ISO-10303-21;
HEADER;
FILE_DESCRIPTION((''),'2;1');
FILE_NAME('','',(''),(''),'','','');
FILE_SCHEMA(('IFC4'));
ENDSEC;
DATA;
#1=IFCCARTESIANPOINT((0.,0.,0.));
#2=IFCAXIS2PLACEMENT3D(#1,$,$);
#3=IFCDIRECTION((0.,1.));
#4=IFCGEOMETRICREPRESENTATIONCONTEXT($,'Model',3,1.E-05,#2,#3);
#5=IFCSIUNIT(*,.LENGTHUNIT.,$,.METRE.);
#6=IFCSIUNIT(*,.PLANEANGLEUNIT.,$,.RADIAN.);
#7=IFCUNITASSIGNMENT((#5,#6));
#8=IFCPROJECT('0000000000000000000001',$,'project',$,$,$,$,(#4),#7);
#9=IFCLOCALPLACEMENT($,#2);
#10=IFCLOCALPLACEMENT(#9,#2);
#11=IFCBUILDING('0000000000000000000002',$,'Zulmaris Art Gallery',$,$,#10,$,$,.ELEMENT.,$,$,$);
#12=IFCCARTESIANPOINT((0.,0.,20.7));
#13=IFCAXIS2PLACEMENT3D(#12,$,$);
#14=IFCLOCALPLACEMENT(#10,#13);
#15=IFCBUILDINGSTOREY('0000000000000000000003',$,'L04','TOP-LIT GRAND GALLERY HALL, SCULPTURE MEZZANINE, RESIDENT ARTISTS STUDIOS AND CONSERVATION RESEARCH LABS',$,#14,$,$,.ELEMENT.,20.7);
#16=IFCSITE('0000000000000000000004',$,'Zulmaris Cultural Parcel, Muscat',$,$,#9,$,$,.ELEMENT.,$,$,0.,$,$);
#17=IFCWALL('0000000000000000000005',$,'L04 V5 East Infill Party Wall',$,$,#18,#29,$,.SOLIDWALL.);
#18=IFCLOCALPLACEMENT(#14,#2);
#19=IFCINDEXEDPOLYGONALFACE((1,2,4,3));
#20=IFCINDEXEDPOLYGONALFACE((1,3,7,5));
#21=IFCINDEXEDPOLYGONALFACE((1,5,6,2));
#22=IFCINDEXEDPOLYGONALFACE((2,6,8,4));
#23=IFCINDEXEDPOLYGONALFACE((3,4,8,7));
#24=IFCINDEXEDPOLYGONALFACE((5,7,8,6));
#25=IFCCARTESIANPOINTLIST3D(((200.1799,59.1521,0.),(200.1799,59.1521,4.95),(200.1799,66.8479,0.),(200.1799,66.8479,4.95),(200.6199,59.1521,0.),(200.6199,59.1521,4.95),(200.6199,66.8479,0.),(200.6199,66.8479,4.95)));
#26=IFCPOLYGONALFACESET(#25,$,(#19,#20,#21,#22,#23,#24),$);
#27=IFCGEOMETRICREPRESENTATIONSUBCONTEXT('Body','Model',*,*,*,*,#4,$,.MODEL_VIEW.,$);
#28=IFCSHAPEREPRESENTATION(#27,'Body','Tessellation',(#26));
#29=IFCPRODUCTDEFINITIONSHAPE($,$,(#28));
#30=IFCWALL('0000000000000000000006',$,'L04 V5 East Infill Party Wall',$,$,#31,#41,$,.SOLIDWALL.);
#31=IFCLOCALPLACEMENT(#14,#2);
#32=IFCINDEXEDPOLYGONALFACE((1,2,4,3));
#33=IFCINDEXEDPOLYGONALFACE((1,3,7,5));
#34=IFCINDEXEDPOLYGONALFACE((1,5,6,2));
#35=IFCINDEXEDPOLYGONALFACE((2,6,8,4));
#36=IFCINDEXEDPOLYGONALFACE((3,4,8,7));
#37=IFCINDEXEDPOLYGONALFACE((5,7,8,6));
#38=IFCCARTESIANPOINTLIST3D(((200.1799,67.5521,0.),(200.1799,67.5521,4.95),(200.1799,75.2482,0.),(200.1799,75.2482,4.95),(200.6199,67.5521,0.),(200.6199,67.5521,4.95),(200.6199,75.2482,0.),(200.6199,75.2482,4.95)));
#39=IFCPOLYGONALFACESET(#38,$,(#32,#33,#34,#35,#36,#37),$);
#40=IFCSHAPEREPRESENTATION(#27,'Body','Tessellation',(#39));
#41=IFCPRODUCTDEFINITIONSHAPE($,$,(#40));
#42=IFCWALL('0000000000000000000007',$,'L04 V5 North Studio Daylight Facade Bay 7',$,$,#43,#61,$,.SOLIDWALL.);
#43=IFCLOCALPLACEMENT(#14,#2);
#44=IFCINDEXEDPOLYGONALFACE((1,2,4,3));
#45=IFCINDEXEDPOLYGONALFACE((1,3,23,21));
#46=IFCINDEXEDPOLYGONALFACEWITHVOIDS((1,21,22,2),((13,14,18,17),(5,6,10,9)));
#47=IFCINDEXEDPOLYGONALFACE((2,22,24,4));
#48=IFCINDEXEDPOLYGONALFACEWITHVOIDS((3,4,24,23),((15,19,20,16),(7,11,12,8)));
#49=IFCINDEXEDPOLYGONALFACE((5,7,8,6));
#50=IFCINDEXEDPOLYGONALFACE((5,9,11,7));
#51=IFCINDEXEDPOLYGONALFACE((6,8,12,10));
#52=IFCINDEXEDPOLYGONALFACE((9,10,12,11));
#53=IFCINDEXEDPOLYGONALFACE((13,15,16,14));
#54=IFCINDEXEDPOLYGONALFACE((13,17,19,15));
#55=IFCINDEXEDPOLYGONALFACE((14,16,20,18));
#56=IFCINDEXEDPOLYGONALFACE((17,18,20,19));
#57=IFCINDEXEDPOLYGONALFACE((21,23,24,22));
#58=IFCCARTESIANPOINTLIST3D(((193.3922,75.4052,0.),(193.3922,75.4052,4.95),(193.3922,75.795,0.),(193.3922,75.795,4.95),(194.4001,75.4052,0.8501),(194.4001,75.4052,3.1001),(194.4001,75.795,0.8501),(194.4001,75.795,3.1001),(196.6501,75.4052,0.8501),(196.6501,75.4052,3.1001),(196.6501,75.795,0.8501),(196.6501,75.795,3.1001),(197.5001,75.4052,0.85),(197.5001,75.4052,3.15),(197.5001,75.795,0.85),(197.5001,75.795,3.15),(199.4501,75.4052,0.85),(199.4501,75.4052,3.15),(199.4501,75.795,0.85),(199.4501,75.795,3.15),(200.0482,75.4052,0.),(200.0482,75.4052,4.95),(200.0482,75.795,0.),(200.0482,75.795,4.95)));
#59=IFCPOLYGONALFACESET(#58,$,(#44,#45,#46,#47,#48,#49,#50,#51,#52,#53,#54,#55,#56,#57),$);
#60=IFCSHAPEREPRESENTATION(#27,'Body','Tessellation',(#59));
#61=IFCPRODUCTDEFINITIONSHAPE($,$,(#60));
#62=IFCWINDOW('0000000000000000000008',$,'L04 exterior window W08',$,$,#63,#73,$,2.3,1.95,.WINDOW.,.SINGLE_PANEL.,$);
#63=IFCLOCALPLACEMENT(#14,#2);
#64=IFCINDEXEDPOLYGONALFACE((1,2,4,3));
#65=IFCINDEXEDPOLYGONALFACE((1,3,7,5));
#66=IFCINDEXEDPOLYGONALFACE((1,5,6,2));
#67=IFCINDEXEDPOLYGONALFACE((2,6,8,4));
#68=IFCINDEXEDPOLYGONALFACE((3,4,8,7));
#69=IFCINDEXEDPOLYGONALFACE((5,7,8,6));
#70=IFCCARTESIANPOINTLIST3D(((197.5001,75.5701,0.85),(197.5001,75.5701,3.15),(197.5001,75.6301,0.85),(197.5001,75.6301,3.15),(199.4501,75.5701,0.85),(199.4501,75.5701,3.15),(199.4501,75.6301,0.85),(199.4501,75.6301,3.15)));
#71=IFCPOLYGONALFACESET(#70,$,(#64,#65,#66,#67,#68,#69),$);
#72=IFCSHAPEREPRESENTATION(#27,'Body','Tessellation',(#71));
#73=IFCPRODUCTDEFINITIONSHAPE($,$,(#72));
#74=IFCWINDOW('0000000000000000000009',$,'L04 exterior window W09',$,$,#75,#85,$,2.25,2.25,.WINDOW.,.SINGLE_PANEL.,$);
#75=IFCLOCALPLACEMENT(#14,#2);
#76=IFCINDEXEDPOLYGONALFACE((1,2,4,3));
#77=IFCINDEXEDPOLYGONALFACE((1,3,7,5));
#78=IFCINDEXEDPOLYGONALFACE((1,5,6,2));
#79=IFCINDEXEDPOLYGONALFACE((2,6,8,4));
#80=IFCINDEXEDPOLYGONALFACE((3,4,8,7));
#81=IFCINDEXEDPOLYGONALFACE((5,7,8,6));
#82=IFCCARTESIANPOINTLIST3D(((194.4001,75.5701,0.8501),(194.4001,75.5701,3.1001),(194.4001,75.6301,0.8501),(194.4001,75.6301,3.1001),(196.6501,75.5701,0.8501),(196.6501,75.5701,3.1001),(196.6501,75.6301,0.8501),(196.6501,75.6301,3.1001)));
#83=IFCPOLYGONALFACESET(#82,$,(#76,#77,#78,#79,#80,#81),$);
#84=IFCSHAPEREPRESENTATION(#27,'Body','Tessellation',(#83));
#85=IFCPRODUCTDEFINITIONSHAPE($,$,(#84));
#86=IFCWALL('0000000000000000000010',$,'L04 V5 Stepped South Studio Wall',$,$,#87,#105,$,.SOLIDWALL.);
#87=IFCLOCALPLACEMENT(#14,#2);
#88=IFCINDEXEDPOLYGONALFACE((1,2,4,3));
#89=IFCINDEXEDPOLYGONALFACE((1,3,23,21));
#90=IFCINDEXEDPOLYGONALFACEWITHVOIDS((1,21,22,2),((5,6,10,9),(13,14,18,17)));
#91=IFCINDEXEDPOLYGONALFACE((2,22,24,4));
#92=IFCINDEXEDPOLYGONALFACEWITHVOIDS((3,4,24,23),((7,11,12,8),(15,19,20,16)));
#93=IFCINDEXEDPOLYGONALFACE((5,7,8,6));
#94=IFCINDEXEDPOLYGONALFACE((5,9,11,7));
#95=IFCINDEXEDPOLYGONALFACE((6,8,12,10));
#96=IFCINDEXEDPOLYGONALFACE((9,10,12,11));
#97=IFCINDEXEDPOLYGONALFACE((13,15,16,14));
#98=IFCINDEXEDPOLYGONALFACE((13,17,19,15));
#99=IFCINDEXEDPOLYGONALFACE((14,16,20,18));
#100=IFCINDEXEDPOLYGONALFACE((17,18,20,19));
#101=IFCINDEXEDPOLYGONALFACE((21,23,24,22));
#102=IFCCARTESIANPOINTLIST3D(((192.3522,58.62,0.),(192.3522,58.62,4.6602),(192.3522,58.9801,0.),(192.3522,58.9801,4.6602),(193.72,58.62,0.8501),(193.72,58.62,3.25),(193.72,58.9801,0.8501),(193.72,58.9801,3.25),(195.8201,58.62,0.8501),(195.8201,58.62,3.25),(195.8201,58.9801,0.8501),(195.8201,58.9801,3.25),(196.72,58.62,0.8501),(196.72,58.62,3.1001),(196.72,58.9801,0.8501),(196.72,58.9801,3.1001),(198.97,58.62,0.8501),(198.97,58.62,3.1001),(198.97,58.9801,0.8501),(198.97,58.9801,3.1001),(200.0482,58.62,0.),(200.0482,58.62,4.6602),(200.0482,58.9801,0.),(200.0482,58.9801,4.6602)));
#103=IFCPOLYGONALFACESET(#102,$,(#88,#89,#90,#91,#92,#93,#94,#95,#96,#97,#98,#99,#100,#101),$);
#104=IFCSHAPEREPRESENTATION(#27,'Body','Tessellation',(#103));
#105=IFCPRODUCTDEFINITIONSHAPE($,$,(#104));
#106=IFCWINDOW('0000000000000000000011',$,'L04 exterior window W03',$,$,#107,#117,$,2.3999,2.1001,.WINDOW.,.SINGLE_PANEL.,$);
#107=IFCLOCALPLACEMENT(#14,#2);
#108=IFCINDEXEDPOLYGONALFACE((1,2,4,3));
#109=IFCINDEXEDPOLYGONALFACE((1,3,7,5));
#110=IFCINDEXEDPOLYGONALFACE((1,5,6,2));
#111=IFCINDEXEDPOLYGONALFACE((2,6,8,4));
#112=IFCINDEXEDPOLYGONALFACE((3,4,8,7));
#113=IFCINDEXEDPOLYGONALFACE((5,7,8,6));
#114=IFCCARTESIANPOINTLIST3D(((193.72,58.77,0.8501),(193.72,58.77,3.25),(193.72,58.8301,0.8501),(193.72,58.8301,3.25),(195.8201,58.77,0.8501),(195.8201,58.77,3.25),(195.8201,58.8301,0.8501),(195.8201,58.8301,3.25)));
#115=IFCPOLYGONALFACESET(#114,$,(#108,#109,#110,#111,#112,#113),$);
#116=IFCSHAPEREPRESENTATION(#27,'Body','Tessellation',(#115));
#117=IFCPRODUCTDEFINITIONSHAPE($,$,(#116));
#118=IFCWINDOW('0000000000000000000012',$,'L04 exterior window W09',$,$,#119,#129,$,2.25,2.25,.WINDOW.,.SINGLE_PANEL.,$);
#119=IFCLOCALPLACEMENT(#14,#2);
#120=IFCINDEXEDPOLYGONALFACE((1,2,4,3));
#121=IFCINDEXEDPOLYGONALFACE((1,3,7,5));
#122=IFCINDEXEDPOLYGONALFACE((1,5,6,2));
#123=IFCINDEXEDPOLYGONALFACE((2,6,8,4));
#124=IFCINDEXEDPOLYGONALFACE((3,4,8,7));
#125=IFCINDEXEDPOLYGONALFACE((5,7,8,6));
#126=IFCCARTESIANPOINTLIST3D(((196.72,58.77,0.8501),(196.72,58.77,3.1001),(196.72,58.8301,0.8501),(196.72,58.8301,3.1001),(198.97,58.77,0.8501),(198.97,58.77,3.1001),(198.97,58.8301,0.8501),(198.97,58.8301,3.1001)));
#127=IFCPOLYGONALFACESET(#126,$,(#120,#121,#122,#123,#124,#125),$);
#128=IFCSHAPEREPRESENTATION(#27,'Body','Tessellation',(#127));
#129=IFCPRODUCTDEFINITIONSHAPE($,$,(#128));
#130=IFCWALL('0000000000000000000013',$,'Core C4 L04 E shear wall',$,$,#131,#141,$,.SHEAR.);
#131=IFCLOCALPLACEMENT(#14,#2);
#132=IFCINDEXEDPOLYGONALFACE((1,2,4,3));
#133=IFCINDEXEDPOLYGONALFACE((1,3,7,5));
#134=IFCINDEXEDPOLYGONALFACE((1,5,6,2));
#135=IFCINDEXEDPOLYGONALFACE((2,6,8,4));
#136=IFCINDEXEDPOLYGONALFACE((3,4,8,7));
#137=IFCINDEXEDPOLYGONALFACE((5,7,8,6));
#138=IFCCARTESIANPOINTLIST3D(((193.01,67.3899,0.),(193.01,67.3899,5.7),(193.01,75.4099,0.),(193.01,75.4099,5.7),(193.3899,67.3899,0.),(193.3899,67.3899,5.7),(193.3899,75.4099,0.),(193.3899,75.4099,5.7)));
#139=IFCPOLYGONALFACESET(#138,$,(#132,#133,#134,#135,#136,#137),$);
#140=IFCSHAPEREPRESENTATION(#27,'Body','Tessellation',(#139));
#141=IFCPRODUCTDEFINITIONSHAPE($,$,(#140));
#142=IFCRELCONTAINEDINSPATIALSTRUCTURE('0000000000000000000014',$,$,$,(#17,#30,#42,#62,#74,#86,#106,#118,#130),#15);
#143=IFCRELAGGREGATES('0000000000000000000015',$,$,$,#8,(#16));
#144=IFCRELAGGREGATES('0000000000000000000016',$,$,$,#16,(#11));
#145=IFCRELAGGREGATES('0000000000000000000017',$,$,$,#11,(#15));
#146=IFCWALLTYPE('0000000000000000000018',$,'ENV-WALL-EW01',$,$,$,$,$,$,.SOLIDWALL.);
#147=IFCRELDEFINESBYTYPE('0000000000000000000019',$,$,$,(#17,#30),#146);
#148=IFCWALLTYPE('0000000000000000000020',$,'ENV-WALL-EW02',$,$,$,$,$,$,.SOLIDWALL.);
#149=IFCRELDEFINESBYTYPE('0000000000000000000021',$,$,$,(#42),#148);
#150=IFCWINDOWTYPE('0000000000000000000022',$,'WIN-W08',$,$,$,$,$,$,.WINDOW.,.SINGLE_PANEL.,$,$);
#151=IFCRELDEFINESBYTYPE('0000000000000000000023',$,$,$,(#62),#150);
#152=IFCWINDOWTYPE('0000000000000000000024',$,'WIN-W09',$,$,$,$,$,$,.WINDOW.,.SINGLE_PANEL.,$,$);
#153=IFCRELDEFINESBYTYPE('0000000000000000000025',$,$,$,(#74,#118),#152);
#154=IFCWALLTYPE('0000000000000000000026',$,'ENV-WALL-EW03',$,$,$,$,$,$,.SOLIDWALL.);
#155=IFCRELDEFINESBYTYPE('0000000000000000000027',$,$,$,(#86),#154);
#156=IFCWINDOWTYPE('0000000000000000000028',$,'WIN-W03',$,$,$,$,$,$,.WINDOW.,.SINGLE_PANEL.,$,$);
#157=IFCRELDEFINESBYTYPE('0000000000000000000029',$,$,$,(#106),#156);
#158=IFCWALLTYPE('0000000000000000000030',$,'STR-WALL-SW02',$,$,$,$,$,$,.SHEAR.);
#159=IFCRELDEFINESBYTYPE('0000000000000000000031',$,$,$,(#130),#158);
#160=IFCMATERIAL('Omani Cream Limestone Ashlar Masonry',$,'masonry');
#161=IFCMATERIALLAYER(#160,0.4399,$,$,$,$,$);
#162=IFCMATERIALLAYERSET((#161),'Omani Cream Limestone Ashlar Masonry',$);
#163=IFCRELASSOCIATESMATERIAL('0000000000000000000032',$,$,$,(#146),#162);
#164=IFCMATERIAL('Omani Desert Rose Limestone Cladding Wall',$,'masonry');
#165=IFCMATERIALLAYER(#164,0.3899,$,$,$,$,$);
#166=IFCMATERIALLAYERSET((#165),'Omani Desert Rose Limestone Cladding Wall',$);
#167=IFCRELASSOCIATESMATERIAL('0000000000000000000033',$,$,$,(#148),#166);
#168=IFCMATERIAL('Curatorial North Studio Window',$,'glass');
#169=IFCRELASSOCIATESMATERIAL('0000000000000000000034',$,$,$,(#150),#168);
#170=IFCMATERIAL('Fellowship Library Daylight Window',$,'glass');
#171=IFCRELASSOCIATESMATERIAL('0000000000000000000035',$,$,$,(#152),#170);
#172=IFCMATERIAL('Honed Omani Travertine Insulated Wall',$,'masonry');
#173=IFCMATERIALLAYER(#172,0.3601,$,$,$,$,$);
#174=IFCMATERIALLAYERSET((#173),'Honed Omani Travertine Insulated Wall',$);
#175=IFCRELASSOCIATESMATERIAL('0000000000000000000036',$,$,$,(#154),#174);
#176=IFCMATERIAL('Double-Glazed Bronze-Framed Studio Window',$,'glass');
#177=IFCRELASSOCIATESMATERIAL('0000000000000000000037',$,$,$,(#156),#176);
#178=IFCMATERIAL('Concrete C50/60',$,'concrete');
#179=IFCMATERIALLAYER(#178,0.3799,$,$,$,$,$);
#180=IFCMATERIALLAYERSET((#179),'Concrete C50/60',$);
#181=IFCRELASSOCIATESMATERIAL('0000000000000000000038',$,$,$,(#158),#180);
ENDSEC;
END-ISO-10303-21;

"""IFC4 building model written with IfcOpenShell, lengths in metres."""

from ifc_helpers import new_model, si_unit, direction, frame, frame_2d, origin, place, context, subcontext, project, spatial, rectangle, extrude, material, layer, layer_set, type_object, element, fill, save


model = new_model("IFC4")

# Units and contexts
model_context = context("Model", 3, precision=1e-05, world=origin(), true_north=direction((0.0, 1.0)))
body_context = subcontext(model_context, "Body", "Model", "MODEL_VIEW")
ifc_project = project(units=[si_unit("LENGTHUNIT", "METRE"), si_unit("PLANEANGLEUNIT", "RADIAN")], contexts=[model_context])

# Site, building, storey
site_placement = place(None, origin())
site = spatial("IfcSite", under=ifc_project, at=site_placement, Name="Zulmaris Cultural Parcel, Muscat", CompositionType="ELEMENT", RefElevation=0.0)
building_placement = place(site_placement, origin())
building = spatial("IfcBuilding", under=site, at=building_placement, Name="Zulmaris Art Gallery", CompositionType="ELEMENT")
storey_placement = place(building_placement, frame((0.0, 0.0, 20.7)))
storey = spatial("IfcBuildingStorey", under=building, at=storey_placement, Name="L04", Description="TOP-LIT GRAND GALLERY HALL, SCULPTURE MEZZANINE, RESIDENT ARTISTS STUDIOS AND CONSERVATION RESEARCH LABS", CompositionType="ELEMENT", Elevation=20.7)

# Walls
ifc_material_1 = material(Name="Omani Cream Limestone Ashlar Masonry", Category="masonry")
ifc_layer_1 = layer(ifc_material_1, 0.4399)
ifc_layer_set_1 = layer_set([ifc_layer_1], Name="Omani Cream Limestone Ashlar Masonry")
wall_type_1 = type_object("IfcWallType", Name="ENV-WALL-EW01", PredefinedType="SOLIDWALL", material=ifc_layer_set_1)
wall_1_placement = place(storey_placement, frame((200.3999, 59.1521, 0.0), z_axis=(0.0, 0.0, 1.0), x_axis=(0.0, 1.0, 0.0)))
element("IfcWall", 1, at=wall_1_placement, inside=storey, type_object=wall_type_1, Name="L04 V5 East Infill Party Wall", PredefinedType="SOLIDWALL", context=body_context, shape_type="SweptSolid", body=[
    extrude(rectangle(XDim=7.6958, YDim=0.4399, at=frame_2d((3.8479, 0.0))), origin(), (0.0, 0.0, 1.0), 4.95),
])
wall_2_placement = place(storey_placement, frame((200.3999, 67.552, 0.0), z_axis=(0.0, 0.0, 1.0), x_axis=(0.0, 1.0, 0.0)))
element("IfcWall", 2, at=wall_2_placement, inside=storey, type_object=wall_type_1, Name="L04 V5 East Infill Party Wall", PredefinedType="SOLIDWALL", context=body_context, shape_type="SweptSolid", body=[
    extrude(rectangle(XDim=7.696, YDim=0.4399, at=frame_2d((3.8481, 0.0))), origin(), (0.0, 0.0, 1.0), 4.95),
])

# Walls, openings, windows
ifc_material_2 = material(Name="Omani Desert Rose Limestone Cladding Wall", Category="masonry")
ifc_layer_2 = layer(ifc_material_2, 0.3899)
ifc_layer_set_2 = layer_set([ifc_layer_2], Name="Omani Desert Rose Limestone Cladding Wall")
wall_type_2 = type_object("IfcWallType", Name="ENV-WALL-EW02", PredefinedType="SOLIDWALL", material=ifc_layer_set_2)
wall_3_placement = place(storey_placement, frame((193.3921, 75.6001, 0.0), z_axis=(0.0, 0.0, 1.0), x_axis=(1.0, 0.0, 0.0)))
wall_3 = element("IfcWall", 3, at=wall_3_placement, inside=storey, type_object=wall_type_2, Name="L04 V5 North Studio Daylight Facade Bay 7", PredefinedType="SOLIDWALL", context=body_context, shape_type="SweptSolid", body=[
    extrude(rectangle(XDim=6.656, YDim=0.3899, at=frame_2d((3.3281, 0.0))), origin(), (0.0, 0.0, 1.0), 4.95),
])
opening_1_placement = place(wall_3_placement, frame((1.0081, 0.0, 0.8501)))
opening_1 = element("IfcOpeningElement", 4, at=opening_1_placement, cuts=wall_3, PredefinedType="OPENING", context=body_context, shape_type="SweptSolid", body=[
    extrude(rectangle(XDim=2.25, YDim=2.25, at=frame_2d((1.125, 1.125))), frame((0.0, 0.2048, 0.0), z_axis=(0.0, -1.0, 0.0), x_axis=(1.0, 0.0, 0.0)), (0.0, 0.0, 1.0), 0.4099),
])
opening_2_placement = place(wall_3_placement, frame((4.1079, 0.0, 0.8501)))
opening_2 = element("IfcOpeningElement", 5, at=opening_2_placement, cuts=wall_3, PredefinedType="OPENING", context=body_context, shape_type="SweptSolid", body=[
    extrude(rectangle(XDim=1.95, YDim=2.3, at=frame_2d((0.9751, 1.1499))), frame((0.0, 0.2048, 0.0), z_axis=(0.0, -1.0, 0.0), x_axis=(1.0, 0.0, 0.0)), (0.0, 0.0, 1.0), 0.4099),
])
ifc_material_3 = material(Name="Curatorial North Studio Window", Category="glass")
window_type_1 = type_object("IfcWindowType", Name="WIN-W08", PartitioningType="SINGLE_PANEL", PredefinedType="WINDOW", material=ifc_material_3)
window_1_placement = place(opening_2_placement, origin())
window_1 = element("IfcWindow", 6, at=window_1_placement, inside=storey, type_object=window_type_1, Name="L04 exterior window W08", OverallHeight=2.3, OverallWidth=1.95, PartitioningType="SINGLE_PANEL", PredefinedType="WINDOW", context=body_context, shape_type="SweptSolid", body=[
    extrude(rectangle(XDim=1.95, YDim=2.3, at=frame_2d((0.9751, 1.1499))), frame((0.0, 0.03, 0.0), z_axis=(0.0, -1.0, 0.0), x_axis=(1.0, 0.0, 0.0)), (0.0, 0.0, 1.0), 0.0601),
])
fill(opening_2, window_1)
ifc_material_4 = material(Name="Fellowship Library Daylight Window", Category="glass")
window_type_2 = type_object("IfcWindowType", Name="WIN-W09", PartitioningType="SINGLE_PANEL", PredefinedType="WINDOW", material=ifc_material_4)
window_2_placement = place(opening_1_placement, origin())
window_2 = element("IfcWindow", 7, at=window_2_placement, inside=storey, type_object=window_type_2, Name="L04 exterior window W09", OverallHeight=2.25, OverallWidth=2.25, PartitioningType="SINGLE_PANEL", PredefinedType="WINDOW", context=body_context, shape_type="SweptSolid", body=[
    extrude(rectangle(XDim=2.25, YDim=2.25, at=frame_2d((1.125, 1.125))), frame((0.0, 0.03, 0.0), z_axis=(0.0, -1.0, 0.0), x_axis=(1.0, 0.0, 0.0)), (0.0, 0.0, 1.0), 0.0601),
])
fill(opening_1, window_2)
ifc_material_5 = material(Name="Honed Omani Travertine Insulated Wall", Category="masonry")
ifc_layer_3 = layer(ifc_material_5, 0.3601)
ifc_layer_set_3 = layer_set([ifc_layer_3], Name="Honed Omani Travertine Insulated Wall")
wall_type_3 = type_object("IfcWallType", Name="ENV-WALL-EW03", PredefinedType="SOLIDWALL", material=ifc_layer_set_3)
wall_4_placement = place(storey_placement, frame((192.3521, 58.8, 0.0), z_axis=(0.0, 0.0, 1.0), x_axis=(1.0, 0.0, 0.0)))
wall_4 = element("IfcWall", 8, at=wall_4_placement, inside=storey, type_object=wall_type_3, Name="L04 V5 Stepped South Studio Wall", PredefinedType="SOLIDWALL", context=body_context, shape_type="SweptSolid", body=[
    extrude(rectangle(XDim=7.696, YDim=0.3601, at=frame_2d((3.8481, 0.0))), origin(), (0.0, 0.0, 1.0), 4.6602),
])
opening_3_placement = place(wall_4_placement, frame((1.3679, 0.0, 0.8501)))
opening_3 = element("IfcOpeningElement", 9, at=opening_3_placement, cuts=wall_4, PredefinedType="OPENING", context=body_context, shape_type="SweptSolid", body=[
    extrude(rectangle(XDim=2.1001, YDim=2.3999, at=frame_2d((1.05, 1.2))), frame((0.0, 0.1899, 0.0), z_axis=(0.0, -1.0, 0.0), x_axis=(1.0, 0.0, 0.0)), (0.0, 0.0, 1.0), 0.3801),
])
opening_4_placement = place(wall_4_placement, frame((4.3679, 0.0, 0.8501)))
opening_4 = element("IfcOpeningElement", 10, at=opening_4_placement, cuts=wall_4, PredefinedType="OPENING", context=body_context, shape_type="SweptSolid", body=[
    extrude(rectangle(XDim=2.25, YDim=2.25, at=frame_2d((1.125, 1.125))), frame((0.0, 0.1899, 0.0), z_axis=(0.0, -1.0, 0.0), x_axis=(1.0, 0.0, 0.0)), (0.0, 0.0, 1.0), 0.3801),
])
ifc_material_6 = material(Name="Double-Glazed Bronze-Framed Studio Window", Category="glass")
window_type_3 = type_object("IfcWindowType", Name="WIN-W03", PartitioningType="SINGLE_PANEL", PredefinedType="WINDOW", material=ifc_material_6)
window_3_placement = place(opening_3_placement, origin())
window_3 = element("IfcWindow", 11, at=window_3_placement, inside=storey, type_object=window_type_3, Name="L04 exterior window W03", OverallHeight=2.3999, OverallWidth=2.1001, PartitioningType="SINGLE_PANEL", PredefinedType="WINDOW", context=body_context, shape_type="SweptSolid", body=[
    extrude(rectangle(XDim=2.1001, YDim=2.3999, at=frame_2d((1.05, 1.2))), frame((0.0, 0.03, 0.0), z_axis=(0.0, -1.0, 0.0), x_axis=(1.0, 0.0, 0.0)), (0.0, 0.0, 1.0), 0.0601),
])
fill(opening_3, window_3)
window_4_placement = place(opening_4_placement, origin())
window_4 = element("IfcWindow", 12, at=window_4_placement, inside=storey, type_object=window_type_2, Name="L04 exterior window W09", OverallHeight=2.25, OverallWidth=2.25, PartitioningType="SINGLE_PANEL", PredefinedType="WINDOW", context=body_context, shape_type="SweptSolid", body=[
    extrude(rectangle(XDim=2.25, YDim=2.25, at=frame_2d((1.125, 1.125))), frame((0.0, 0.03, 0.0), z_axis=(0.0, -1.0, 0.0), x_axis=(1.0, 0.0, 0.0)), (0.0, 0.0, 1.0), 0.0601),
])
fill(opening_4, window_4)

# Wall
ifc_material_7 = material(Name="Concrete C50/60", Category="concrete")
ifc_layer_4 = layer(ifc_material_7, 0.3799)
ifc_layer_set_4 = layer_set([ifc_layer_4], Name="Concrete C50/60")
wall_type_4 = type_object("IfcWallType", Name="STR-WALL-SW02", PredefinedType="SHEAR", material=ifc_layer_set_4)
wall_5_placement = place(storey_placement, frame((193.2, 67.3899, 0.0), z_axis=(0.0, 0.0, 1.0), x_axis=(0.0, 1.0, 0.0)))
element("IfcWall", 13, at=wall_5_placement, inside=storey, type_object=wall_type_4, Name="Core C4 L04 E shear wall", PredefinedType="SHEAR", context=body_context, shape_type="SweptSolid", body=[
    extrude(rectangle(XDim=8.02, YDim=0.3799, at=frame_2d((4.01, 0.0))), origin(), (0.0, 0.0, 1.0), 5.7),
])

save(model, "model.ifc")
